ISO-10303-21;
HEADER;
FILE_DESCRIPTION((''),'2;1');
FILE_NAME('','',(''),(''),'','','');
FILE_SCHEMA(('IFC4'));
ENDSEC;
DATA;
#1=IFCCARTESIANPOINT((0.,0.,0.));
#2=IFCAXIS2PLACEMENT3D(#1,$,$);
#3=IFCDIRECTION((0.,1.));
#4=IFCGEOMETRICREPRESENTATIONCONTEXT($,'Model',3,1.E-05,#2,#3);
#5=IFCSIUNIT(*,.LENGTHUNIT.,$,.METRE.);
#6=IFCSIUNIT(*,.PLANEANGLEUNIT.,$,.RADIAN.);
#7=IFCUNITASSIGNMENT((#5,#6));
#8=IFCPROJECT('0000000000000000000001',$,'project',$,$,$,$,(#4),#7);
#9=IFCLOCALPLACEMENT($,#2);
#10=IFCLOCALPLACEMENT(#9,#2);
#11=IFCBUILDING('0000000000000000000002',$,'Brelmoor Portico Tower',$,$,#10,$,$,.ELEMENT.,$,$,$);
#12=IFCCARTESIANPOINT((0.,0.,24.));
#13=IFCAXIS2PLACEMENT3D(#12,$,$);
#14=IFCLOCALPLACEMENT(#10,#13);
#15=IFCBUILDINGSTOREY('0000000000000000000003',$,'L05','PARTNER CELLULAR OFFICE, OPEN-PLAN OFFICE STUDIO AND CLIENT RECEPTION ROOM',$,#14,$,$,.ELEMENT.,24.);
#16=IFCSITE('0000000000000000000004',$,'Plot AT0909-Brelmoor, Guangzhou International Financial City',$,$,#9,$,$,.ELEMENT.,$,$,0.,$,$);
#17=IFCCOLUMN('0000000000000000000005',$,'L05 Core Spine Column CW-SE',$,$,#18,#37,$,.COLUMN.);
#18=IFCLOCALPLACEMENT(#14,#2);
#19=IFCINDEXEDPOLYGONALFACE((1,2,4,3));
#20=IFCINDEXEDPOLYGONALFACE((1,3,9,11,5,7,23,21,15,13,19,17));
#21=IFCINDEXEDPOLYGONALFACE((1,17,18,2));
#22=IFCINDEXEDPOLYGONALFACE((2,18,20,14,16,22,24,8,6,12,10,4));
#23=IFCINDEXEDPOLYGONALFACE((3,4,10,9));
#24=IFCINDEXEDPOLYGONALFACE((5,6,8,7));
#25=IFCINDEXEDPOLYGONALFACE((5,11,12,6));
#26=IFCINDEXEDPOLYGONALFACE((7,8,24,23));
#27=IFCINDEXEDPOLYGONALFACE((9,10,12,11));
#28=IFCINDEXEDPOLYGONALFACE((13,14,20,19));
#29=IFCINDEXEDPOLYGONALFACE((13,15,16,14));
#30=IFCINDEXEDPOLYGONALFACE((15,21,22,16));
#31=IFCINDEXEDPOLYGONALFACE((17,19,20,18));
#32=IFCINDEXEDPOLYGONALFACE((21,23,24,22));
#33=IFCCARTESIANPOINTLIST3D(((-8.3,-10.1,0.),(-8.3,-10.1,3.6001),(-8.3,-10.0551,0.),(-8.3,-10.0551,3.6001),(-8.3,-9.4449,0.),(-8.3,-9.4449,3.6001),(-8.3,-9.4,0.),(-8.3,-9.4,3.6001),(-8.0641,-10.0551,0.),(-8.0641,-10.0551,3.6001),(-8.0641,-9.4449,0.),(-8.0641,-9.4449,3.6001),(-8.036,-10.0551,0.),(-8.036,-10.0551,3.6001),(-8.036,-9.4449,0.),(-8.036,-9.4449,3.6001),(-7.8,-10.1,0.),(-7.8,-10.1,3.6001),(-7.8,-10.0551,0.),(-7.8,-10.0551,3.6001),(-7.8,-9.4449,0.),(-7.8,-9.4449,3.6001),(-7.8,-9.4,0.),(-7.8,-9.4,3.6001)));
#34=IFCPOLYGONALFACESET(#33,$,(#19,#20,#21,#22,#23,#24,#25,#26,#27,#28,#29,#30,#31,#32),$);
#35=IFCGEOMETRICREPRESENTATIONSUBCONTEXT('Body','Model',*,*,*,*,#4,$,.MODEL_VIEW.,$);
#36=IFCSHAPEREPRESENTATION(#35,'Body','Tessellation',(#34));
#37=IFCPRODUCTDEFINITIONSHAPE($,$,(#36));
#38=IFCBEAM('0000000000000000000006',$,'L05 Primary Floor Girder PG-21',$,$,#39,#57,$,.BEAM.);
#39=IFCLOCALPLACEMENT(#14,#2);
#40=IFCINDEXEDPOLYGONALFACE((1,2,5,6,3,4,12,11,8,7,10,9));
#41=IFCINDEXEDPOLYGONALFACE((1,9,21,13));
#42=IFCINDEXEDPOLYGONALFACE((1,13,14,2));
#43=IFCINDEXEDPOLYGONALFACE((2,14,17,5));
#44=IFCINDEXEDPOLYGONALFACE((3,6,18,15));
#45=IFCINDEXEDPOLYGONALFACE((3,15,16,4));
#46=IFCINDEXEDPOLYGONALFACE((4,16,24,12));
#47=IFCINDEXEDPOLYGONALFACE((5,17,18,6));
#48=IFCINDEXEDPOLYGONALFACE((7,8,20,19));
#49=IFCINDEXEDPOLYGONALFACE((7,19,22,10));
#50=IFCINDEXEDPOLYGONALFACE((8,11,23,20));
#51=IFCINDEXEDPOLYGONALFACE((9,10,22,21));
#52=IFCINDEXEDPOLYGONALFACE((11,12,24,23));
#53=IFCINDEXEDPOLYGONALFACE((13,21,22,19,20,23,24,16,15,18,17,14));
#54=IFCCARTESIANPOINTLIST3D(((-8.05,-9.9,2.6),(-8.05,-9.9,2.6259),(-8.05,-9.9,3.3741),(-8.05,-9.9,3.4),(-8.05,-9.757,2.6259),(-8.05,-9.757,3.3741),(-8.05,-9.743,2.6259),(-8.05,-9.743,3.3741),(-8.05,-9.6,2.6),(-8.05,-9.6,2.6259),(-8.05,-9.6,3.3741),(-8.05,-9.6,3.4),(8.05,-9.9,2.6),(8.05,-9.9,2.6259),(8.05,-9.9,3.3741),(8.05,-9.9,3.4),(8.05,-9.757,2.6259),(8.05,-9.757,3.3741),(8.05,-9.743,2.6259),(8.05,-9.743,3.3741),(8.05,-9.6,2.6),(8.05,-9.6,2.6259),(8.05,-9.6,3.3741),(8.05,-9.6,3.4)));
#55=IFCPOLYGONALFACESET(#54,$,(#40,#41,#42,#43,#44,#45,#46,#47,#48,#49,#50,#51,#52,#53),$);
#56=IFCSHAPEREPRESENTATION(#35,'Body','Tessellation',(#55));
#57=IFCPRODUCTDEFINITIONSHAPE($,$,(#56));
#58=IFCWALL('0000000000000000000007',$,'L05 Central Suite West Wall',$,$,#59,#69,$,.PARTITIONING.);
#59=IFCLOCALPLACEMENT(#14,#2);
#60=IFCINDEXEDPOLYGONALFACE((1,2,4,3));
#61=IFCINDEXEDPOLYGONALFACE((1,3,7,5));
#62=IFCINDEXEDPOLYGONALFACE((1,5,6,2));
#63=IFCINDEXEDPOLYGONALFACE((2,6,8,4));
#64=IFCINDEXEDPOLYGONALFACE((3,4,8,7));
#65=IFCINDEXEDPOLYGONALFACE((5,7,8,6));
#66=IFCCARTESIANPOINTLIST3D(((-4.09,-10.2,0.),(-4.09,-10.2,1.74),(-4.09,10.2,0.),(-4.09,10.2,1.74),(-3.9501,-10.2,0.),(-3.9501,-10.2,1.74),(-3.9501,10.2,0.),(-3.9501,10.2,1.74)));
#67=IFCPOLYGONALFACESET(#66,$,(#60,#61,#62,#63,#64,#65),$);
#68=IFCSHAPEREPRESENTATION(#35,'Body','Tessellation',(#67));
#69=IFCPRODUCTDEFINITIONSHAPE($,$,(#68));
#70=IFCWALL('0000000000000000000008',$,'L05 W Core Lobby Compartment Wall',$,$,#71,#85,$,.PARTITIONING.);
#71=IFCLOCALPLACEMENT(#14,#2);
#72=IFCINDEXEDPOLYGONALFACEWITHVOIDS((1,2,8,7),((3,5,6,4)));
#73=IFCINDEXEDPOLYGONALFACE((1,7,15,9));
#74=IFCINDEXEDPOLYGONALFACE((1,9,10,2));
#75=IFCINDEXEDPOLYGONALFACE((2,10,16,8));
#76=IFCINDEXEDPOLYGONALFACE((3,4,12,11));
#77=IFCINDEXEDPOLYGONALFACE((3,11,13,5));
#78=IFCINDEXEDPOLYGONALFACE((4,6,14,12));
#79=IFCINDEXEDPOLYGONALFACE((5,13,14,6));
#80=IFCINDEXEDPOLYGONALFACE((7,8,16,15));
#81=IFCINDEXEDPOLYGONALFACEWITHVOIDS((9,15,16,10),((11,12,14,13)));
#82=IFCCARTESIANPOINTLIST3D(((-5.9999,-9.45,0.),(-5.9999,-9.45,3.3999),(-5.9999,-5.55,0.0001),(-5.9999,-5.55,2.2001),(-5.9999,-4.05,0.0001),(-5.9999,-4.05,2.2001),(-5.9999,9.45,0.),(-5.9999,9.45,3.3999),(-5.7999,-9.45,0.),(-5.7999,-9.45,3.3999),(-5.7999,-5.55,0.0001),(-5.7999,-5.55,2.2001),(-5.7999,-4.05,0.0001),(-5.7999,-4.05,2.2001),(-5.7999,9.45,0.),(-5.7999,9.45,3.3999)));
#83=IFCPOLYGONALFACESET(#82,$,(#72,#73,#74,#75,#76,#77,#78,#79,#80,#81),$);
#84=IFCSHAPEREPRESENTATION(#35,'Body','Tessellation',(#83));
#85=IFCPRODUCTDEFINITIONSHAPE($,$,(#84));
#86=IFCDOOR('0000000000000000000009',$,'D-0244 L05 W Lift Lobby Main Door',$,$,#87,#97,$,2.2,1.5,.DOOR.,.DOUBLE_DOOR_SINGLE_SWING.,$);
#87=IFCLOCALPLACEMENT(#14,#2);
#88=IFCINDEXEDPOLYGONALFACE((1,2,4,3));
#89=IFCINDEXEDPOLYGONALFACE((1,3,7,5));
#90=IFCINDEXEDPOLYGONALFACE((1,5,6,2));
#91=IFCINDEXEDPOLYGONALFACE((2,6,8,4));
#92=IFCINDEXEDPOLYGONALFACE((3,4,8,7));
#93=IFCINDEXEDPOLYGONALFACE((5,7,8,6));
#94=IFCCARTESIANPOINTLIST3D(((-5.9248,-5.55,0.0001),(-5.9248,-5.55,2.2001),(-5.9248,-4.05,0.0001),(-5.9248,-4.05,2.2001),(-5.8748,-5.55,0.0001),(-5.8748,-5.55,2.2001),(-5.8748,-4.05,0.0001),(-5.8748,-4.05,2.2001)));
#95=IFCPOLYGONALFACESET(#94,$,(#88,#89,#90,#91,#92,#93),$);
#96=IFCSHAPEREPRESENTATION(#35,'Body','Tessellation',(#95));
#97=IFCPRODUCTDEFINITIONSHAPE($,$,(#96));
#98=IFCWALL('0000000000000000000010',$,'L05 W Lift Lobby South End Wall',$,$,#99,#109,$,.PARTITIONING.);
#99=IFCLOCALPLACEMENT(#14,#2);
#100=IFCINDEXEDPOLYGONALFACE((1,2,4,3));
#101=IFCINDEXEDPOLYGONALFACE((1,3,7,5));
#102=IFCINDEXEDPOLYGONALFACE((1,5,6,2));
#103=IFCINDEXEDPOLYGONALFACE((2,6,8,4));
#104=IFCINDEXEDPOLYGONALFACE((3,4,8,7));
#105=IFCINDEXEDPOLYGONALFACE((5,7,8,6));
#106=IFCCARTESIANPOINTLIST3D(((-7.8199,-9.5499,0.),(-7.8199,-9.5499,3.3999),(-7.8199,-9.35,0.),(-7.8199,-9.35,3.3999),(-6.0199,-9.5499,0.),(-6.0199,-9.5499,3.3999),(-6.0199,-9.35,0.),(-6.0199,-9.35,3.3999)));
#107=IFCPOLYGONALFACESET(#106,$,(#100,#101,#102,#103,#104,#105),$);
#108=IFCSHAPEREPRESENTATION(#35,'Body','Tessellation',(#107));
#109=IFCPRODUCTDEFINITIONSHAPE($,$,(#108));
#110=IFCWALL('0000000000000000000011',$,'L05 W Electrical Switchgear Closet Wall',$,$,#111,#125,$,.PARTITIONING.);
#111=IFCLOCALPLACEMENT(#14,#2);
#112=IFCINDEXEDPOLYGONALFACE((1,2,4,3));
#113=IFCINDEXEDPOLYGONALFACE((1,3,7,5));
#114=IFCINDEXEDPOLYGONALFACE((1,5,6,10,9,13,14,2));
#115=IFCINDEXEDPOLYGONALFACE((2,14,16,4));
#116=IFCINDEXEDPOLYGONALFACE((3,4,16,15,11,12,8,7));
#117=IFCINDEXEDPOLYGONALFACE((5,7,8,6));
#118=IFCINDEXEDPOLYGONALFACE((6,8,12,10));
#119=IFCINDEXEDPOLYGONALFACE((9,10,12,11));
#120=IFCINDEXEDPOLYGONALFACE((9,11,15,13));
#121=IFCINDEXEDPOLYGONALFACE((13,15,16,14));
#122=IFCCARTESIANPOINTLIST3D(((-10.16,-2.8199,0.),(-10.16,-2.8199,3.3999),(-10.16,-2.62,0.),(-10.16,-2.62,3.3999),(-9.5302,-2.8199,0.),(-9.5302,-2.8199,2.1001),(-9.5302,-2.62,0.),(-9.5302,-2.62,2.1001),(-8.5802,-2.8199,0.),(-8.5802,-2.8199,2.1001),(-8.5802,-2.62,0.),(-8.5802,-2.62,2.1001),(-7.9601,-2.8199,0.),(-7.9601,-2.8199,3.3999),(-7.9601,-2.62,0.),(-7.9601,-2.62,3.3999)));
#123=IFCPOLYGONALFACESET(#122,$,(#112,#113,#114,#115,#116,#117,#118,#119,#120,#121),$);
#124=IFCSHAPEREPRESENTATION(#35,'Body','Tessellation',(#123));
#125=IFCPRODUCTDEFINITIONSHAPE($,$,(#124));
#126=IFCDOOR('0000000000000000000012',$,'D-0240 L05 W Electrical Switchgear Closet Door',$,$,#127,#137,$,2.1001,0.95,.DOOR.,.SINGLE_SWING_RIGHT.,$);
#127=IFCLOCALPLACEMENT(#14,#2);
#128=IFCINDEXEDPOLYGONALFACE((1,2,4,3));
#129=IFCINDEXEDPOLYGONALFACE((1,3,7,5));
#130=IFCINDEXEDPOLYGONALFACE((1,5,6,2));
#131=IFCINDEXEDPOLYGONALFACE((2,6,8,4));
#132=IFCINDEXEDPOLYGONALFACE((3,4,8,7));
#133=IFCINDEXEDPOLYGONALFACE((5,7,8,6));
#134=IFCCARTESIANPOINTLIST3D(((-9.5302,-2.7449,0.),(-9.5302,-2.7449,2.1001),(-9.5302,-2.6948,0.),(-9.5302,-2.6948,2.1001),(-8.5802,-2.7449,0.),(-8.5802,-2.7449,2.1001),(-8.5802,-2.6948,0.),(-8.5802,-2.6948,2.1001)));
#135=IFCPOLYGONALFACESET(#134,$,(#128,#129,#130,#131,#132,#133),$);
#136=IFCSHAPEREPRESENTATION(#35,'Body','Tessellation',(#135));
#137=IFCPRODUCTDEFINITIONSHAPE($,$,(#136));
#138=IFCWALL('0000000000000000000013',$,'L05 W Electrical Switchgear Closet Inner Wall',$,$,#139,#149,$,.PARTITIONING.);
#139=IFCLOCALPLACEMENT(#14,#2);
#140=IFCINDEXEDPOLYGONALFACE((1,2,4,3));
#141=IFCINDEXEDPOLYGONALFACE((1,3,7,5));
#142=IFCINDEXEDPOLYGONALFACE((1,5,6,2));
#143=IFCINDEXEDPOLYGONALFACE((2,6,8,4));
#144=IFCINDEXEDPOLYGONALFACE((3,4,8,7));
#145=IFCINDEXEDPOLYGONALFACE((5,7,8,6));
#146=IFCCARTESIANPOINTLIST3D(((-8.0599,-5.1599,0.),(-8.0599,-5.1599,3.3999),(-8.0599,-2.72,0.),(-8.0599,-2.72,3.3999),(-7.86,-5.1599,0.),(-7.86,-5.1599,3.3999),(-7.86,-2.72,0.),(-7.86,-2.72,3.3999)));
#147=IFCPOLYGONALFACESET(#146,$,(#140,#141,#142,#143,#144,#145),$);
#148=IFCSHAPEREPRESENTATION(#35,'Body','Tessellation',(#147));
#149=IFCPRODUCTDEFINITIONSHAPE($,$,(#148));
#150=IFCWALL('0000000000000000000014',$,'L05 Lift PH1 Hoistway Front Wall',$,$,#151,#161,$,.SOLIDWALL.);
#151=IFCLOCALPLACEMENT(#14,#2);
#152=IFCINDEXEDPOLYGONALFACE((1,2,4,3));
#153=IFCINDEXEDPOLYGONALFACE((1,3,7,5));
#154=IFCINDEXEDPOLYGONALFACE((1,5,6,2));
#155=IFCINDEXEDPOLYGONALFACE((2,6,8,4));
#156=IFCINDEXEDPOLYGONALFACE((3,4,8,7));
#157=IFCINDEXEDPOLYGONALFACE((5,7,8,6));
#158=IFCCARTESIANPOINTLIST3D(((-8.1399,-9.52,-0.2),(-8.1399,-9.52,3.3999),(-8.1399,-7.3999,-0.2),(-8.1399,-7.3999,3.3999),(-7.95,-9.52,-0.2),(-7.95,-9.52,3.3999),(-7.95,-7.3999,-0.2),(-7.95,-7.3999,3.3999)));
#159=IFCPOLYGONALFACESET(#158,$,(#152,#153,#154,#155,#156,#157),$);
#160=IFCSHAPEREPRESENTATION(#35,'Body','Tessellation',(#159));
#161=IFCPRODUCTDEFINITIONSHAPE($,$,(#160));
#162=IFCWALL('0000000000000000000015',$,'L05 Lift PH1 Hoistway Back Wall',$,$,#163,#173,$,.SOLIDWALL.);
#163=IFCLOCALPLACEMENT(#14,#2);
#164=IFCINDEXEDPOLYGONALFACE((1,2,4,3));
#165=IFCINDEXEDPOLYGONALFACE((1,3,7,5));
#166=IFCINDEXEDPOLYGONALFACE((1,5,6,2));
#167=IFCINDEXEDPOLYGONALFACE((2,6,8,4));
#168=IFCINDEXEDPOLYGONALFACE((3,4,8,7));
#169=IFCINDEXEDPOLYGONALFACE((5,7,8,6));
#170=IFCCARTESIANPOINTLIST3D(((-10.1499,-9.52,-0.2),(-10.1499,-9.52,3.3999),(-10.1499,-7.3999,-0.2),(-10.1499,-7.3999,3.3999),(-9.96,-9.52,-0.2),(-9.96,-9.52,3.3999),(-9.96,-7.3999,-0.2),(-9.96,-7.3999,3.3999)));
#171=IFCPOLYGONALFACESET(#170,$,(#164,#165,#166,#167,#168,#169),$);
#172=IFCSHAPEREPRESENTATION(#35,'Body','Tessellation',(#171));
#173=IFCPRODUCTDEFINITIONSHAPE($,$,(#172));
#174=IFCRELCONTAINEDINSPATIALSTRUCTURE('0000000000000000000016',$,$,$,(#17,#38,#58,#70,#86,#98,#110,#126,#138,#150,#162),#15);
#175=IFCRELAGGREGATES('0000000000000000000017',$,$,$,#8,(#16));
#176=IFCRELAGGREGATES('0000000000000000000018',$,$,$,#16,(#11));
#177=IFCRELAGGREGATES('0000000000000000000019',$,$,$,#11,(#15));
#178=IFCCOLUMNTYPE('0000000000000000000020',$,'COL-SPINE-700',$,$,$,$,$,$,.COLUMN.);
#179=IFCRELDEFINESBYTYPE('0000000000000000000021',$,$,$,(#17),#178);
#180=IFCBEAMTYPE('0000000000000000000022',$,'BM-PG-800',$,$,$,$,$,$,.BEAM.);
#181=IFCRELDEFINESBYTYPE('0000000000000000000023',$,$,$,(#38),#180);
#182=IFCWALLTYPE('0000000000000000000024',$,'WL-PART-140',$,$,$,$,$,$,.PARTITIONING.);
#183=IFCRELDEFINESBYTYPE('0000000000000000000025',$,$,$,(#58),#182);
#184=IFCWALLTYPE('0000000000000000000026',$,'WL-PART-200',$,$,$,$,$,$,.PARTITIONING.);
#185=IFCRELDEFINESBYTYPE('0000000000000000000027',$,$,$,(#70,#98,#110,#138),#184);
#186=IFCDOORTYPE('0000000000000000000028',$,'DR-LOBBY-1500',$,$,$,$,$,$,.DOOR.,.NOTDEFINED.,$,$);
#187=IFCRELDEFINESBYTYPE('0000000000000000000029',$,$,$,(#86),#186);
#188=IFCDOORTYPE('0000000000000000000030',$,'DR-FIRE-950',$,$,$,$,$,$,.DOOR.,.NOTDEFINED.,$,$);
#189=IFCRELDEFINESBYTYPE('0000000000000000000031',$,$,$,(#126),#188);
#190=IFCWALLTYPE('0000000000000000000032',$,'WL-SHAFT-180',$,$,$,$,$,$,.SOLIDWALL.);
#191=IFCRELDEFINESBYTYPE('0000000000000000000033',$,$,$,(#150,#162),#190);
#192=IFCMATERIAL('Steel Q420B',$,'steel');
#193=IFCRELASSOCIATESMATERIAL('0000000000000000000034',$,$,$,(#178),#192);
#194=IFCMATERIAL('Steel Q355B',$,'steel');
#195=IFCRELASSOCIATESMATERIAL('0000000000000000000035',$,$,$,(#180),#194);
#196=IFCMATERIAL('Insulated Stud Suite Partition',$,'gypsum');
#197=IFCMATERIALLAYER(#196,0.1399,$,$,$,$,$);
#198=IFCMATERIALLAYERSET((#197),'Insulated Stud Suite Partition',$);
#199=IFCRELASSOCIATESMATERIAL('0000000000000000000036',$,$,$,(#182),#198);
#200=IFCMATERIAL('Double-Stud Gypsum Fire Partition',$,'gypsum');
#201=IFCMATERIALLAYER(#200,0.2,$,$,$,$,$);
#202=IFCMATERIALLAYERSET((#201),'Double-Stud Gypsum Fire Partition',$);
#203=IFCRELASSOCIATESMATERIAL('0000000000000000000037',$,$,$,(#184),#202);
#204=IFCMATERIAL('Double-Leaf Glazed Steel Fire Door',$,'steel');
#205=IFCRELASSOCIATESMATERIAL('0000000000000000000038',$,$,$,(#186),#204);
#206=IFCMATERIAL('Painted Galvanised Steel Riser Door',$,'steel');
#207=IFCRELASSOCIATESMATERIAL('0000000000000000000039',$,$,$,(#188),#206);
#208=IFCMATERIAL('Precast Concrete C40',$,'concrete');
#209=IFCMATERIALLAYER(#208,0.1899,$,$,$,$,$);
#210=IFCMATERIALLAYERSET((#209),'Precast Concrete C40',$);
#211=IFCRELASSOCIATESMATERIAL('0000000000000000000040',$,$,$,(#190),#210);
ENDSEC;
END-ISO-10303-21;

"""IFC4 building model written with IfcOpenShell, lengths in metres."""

from ifc_helpers import new_model, si_unit, direction, frame, frame_2d, origin, origin_2d, place, context, subcontext, project, spatial, rectangle, i_section, extrude, material, layer, layer_set, material_profile, profile_set, type_object, element, fill, save


model = new_model("IFC4")

# Units and contexts
model_context = context("Model", 3, precision=1e-05, world=origin(), true_north=direction((0.0, 1.0)))
body_context = subcontext(model_context, "Body", "Model", "MODEL_VIEW")
ifc_project = project(units=[si_unit("LENGTHUNIT", "METRE"), si_unit("PLANEANGLEUNIT", "RADIAN")], contexts=[model_context])

# Site, building, storey
site_placement = place(None, origin())
site = spatial("IfcSite", under=ifc_project, at=site_placement, Name="Plot AT0909-Brelmoor, Guangzhou International Financial City", CompositionType="ELEMENT", RefElevation=0.0)
building_placement = place(site_placement, origin())
building = spatial("IfcBuilding", under=site, at=building_placement, Name="Brelmoor Portico Tower", CompositionType="ELEMENT")
storey_placement = place(building_placement, frame((0.0, 0.0, 24.0)))
storey = spatial("IfcBuildingStorey", under=building, at=storey_placement, Name="L05", Description="PARTNER CELLULAR OFFICE, OPEN-PLAN OFFICE STUDIO AND CLIENT RECEPTION ROOM", CompositionType="ELEMENT", Elevation=24.0)

# Column
ifc_material_1 = material(Name="Steel Q420B", Category="steel")
ifc_material_profile_1 = material_profile(ifc_material_1, i_section(OverallWidth=0.5, OverallDepth=0.7, WebThickness=0.0281, FlangeThickness=0.0449, at=origin_2d()), Name="HW 700x500x28x45")
ifc_profile_set_1 = profile_set([ifc_material_profile_1], Name="Steel Q420B")
column_type = type_object("IfcColumnType", Name="COL-SPINE-700", PredefinedType="COLUMN", material=ifc_profile_set_1)
column_placement = place(storey_placement, frame((-8.05, -9.75, 0.0), z_axis=(0.0, 0.0, 1.0), x_axis=(1.0, 0.0, 0.0)))
element("IfcColumn", 1, at=column_placement, inside=storey, type_object=column_type, Name="L05 Core Spine Column CW-SE", PredefinedType="COLUMN", context=body_context, shape_type="SweptSolid", body=[
    extrude(i_section(OverallWidth=0.5, OverallDepth=0.7, WebThickness=0.0281, FlangeThickness=0.0449, at=origin_2d()), origin(), (0.0, 0.0, 1.0), 3.6001),
])

# Beam
ifc_material_2 = material(Name="Steel Q355B", Category="steel")
ifc_material_profile_2 = material_profile(ifc_material_2, i_section(OverallWidth=0.3, OverallDepth=0.8, WebThickness=0.0139, FlangeThickness=0.0259, at=origin_2d()), Name="HN 800x300x14x26")
ifc_profile_set_2 = profile_set([ifc_material_profile_2], Name="Steel Q355B")
beam_type = type_object("IfcBeamType", Name="BM-PG-800", PredefinedType="BEAM", material=ifc_profile_set_2)
beam_placement = place(storey_placement, frame((-8.05, -9.75, 3.0), z_axis=(1.0, 0.0, 0.0), x_axis=(0.0, 1.0, 0.0)))
element("IfcBeam", 2, at=beam_placement, inside=storey, type_object=beam_type, Name="L05 Primary Floor Girder PG-21", PredefinedType="BEAM", context=body_context, shape_type="SweptSolid", body=[
    extrude(i_section(OverallWidth=0.3, OverallDepth=0.8, WebThickness=0.0139, FlangeThickness=0.0259, at=origin_2d()), origin(), (0.0, 0.0, 1.0), 16.1001),
])

# Wall
ifc_material_3 = material(Name="Insulated Stud Suite Partition", Category="gypsum")
ifc_layer_1 = layer(ifc_material_3, 0.1399)
ifc_layer_set_1 = layer_set([ifc_layer_1], Name="Insulated Stud Suite Partition")
wall_type_1 = type_object("IfcWallType", Name="WL-PART-140", PredefinedType="PARTITIONING", material=ifc_layer_set_1)
wall_1_placement = place(storey_placement, frame((-4.02, -10.2, 0.0), z_axis=(0.0, 0.0, 1.0), x_axis=(0.0, 1.0, 0.0)))
element("IfcWall", 3, at=wall_1_placement, inside=storey, type_object=wall_type_1, Name="L05 Central Suite West Wall", PredefinedType="PARTITIONING", context=body_context, shape_type="SweptSolid", body=[
    extrude(rectangle(XDim=20.3999, YDim=0.1399, at=frame_2d((10.2, 0.0))), origin(), (0.0, 0.0, 1.0), 1.74),
])

# Wall, opening, door
ifc_material_4 = material(Name="Double-Stud Gypsum Fire Partition", Category="gypsum")
ifc_layer_2 = layer(ifc_material_4, 0.2)
ifc_layer_set_2 = layer_set([ifc_layer_2], Name="Double-Stud Gypsum Fire Partition")
wall_type_2 = type_object("IfcWallType", Name="WL-PART-200", PredefinedType="PARTITIONING", material=ifc_layer_set_2)
wall_2_placement = place(storey_placement, frame((-5.8999, -9.45, 0.0), z_axis=(0.0, 0.0, 1.0), x_axis=(0.0, 1.0, 0.0)))
wall_2 = element("IfcWall", 4, at=wall_2_placement, inside=storey, type_object=wall_type_2, Name="L05 W Core Lobby Compartment Wall", PredefinedType="PARTITIONING", context=body_context, shape_type="SweptSolid", body=[
    extrude(rectangle(XDim=18.8999, YDim=0.2, at=frame_2d((9.45, 0.0))), origin(), (0.0, 0.0, 1.0), 3.3999),
])
opening_1_placement = place(wall_2_placement, frame((3.8999, 0.0, 0.0)))
opening_1 = element("IfcOpeningElement", 5, at=opening_1_placement, cuts=wall_2, PredefinedType="OPENING", context=body_context, shape_type="SweptSolid", body=[
    extrude(rectangle(XDim=1.5, YDim=2.2, at=frame_2d((0.75, 1.1001))), frame((0.0, 0.1099, 0.0), z_axis=(0.0, -1.0, 0.0), x_axis=(1.0, 0.0, 0.0)), (0.0, 0.0, 1.0), 0.22),
])
ifc_material_5 = material(Name="Double-Leaf Glazed Steel Fire Door", Category="steel")
door_type_1 = type_object("IfcDoorType", Name="DR-LOBBY-1500", OperationType="NOTDEFINED", PredefinedType="DOOR", material=ifc_material_5)
door_1_placement = place(opening_1_placement, origin())
door_1 = element("IfcDoor", 6, at=door_1_placement, inside=storey, type_object=door_type_1, Name="D-0244 L05 W Lift Lobby Main Door", OperationType="DOUBLE_DOOR_SINGLE_SWING", OverallHeight=2.2, OverallWidth=1.5, PredefinedType="DOOR", context=body_context, shape_type="SweptSolid", body=[
    extrude(rectangle(XDim=1.5, YDim=2.2, at=frame_2d((0.75, 1.1001))), frame((0.0, 0.0249, 0.0), z_axis=(0.0, -1.0, 0.0), x_axis=(1.0, 0.0, 0.0)), (0.0, 0.0, 1.0), 0.05),
])
fill(opening_1, door_1)

# Wall
wall_3_placement = place(storey_placement, frame((-6.02, -9.45, 0.0), z_axis=(0.0, 0.0, 1.0), x_axis=(-1.0, 0.0, 0.0)))
element("IfcWall", 7, at=wall_3_placement, inside=storey, type_object=wall_type_2, Name="L05 W Lift Lobby South End Wall", PredefinedType="PARTITIONING", context=body_context, shape_type="SweptSolid", body=[
    extrude(rectangle(XDim=1.8, YDim=0.2, at=frame_2d((0.8999, 0.0))), origin(), (0.0, 0.0, 1.0), 3.3999),
])

# Wall, opening, door
wall_4_placement = place(storey_placement, frame((-7.96, -2.72, 0.0), z_axis=(0.0, 0.0, 1.0), x_axis=(-1.0, 0.0, 0.0)))
wall_4 = element("IfcWall", 8, at=wall_4_placement, inside=storey, type_object=wall_type_2, Name="L05 W Electrical Switchgear Closet Wall", PredefinedType="PARTITIONING", context=body_context, shape_type="SweptSolid", body=[
    extrude(rectangle(XDim=2.2, YDim=0.2, at=frame_2d((1.1001, 0.0))), origin(), (0.0, 0.0, 1.0), 3.3999),
])
opening_2_placement = place(wall_4_placement, frame((0.6201, 0.0, 0.0)))
opening_2 = element("IfcOpeningElement", 9, at=opening_2_placement, cuts=wall_4, PredefinedType="OPENING", context=body_context, shape_type="SweptSolid", body=[
    extrude(rectangle(XDim=0.95, YDim=2.1001, at=frame_2d((0.4751, 1.05))), frame((0.0, 0.1099, 0.0), z_axis=(0.0, -1.0, 0.0), x_axis=(1.0, 0.0, 0.0)), (0.0, 0.0, 1.0), 0.22),
])
ifc_material_6 = material(Name="Painted Galvanised Steel Riser Door", Category="steel")
door_type_2 = type_object("IfcDoorType", Name="DR-FIRE-950", OperationType="NOTDEFINED", PredefinedType="DOOR", material=ifc_material_6)
door_2_placement = place(opening_2_placement, origin())
door_2 = element("IfcDoor", 10, at=door_2_placement, inside=storey, type_object=door_type_2, Name="D-0240 L05 W Electrical Switchgear Closet Door", OperationType="SINGLE_SWING_RIGHT", OverallHeight=2.1001, OverallWidth=0.95, PredefinedType="DOOR", context=body_context, shape_type="SweptSolid", body=[
    extrude(rectangle(XDim=0.95, YDim=2.1001, at=frame_2d((0.4751, 1.05))), frame((0.0, 0.0249, 0.0), z_axis=(0.0, -1.0, 0.0), x_axis=(1.0, 0.0, 0.0)), (0.0, 0.0, 1.0), 0.05),
])
fill(opening_2, door_2)

# Walls
wall_5_placement = place(storey_placement, frame((-7.96, -5.1599, 0.0), z_axis=(0.0, 0.0, 1.0), x_axis=(0.0, 1.0, 0.0)))
element("IfcWall", 11, at=wall_5_placement, inside=storey, type_object=wall_type_2, Name="L05 W Electrical Switchgear Closet Inner Wall", PredefinedType="PARTITIONING", context=body_context, shape_type="SweptSolid", body=[
    extrude(rectangle(XDim=2.4399, YDim=0.2, at=frame_2d((1.22, 0.0))), origin(), (0.0, 0.0, 1.0), 3.3999),
])
ifc_material_7 = material(Name="Precast Concrete C40", Category="concrete")
ifc_layer_3 = layer(ifc_material_7, 0.1899)
ifc_layer_set_3 = layer_set([ifc_layer_3], Name="Precast Concrete C40")
wall_type_3 = type_object("IfcWallType", Name="WL-SHAFT-180", PredefinedType="SOLIDWALL", material=ifc_layer_set_3)
for number, where, z_axis, x_axis, name in (
    (12, (-8.0449, -9.52, -0.2), (0.0, 0.0, 1.0), (0.0, 1.0, 0.0), "L05 Lift PH1 Hoistway Front Wall"),
    (13, (-10.0549, -9.52, -0.2), (0.0, 0.0, 1.0), (0.0, 1.0, 0.0), "L05 Lift PH1 Hoistway Back Wall"),
):
    element("IfcWall", number, at=place(storey_placement, frame(where, z_axis=z_axis, x_axis=x_axis)), inside=storey, type_object=wall_type_3, Name=name, PredefinedType="SOLIDWALL", context=body_context, shape_type="SweptSolid", body=[
        extrude(rectangle(XDim=2.1201, YDim=0.1899, at=frame_2d((1.0601, 0.0))), origin(), (0.0, 0.0, 1.0), 3.5999),
    ])

save(model, "model.ifc")
